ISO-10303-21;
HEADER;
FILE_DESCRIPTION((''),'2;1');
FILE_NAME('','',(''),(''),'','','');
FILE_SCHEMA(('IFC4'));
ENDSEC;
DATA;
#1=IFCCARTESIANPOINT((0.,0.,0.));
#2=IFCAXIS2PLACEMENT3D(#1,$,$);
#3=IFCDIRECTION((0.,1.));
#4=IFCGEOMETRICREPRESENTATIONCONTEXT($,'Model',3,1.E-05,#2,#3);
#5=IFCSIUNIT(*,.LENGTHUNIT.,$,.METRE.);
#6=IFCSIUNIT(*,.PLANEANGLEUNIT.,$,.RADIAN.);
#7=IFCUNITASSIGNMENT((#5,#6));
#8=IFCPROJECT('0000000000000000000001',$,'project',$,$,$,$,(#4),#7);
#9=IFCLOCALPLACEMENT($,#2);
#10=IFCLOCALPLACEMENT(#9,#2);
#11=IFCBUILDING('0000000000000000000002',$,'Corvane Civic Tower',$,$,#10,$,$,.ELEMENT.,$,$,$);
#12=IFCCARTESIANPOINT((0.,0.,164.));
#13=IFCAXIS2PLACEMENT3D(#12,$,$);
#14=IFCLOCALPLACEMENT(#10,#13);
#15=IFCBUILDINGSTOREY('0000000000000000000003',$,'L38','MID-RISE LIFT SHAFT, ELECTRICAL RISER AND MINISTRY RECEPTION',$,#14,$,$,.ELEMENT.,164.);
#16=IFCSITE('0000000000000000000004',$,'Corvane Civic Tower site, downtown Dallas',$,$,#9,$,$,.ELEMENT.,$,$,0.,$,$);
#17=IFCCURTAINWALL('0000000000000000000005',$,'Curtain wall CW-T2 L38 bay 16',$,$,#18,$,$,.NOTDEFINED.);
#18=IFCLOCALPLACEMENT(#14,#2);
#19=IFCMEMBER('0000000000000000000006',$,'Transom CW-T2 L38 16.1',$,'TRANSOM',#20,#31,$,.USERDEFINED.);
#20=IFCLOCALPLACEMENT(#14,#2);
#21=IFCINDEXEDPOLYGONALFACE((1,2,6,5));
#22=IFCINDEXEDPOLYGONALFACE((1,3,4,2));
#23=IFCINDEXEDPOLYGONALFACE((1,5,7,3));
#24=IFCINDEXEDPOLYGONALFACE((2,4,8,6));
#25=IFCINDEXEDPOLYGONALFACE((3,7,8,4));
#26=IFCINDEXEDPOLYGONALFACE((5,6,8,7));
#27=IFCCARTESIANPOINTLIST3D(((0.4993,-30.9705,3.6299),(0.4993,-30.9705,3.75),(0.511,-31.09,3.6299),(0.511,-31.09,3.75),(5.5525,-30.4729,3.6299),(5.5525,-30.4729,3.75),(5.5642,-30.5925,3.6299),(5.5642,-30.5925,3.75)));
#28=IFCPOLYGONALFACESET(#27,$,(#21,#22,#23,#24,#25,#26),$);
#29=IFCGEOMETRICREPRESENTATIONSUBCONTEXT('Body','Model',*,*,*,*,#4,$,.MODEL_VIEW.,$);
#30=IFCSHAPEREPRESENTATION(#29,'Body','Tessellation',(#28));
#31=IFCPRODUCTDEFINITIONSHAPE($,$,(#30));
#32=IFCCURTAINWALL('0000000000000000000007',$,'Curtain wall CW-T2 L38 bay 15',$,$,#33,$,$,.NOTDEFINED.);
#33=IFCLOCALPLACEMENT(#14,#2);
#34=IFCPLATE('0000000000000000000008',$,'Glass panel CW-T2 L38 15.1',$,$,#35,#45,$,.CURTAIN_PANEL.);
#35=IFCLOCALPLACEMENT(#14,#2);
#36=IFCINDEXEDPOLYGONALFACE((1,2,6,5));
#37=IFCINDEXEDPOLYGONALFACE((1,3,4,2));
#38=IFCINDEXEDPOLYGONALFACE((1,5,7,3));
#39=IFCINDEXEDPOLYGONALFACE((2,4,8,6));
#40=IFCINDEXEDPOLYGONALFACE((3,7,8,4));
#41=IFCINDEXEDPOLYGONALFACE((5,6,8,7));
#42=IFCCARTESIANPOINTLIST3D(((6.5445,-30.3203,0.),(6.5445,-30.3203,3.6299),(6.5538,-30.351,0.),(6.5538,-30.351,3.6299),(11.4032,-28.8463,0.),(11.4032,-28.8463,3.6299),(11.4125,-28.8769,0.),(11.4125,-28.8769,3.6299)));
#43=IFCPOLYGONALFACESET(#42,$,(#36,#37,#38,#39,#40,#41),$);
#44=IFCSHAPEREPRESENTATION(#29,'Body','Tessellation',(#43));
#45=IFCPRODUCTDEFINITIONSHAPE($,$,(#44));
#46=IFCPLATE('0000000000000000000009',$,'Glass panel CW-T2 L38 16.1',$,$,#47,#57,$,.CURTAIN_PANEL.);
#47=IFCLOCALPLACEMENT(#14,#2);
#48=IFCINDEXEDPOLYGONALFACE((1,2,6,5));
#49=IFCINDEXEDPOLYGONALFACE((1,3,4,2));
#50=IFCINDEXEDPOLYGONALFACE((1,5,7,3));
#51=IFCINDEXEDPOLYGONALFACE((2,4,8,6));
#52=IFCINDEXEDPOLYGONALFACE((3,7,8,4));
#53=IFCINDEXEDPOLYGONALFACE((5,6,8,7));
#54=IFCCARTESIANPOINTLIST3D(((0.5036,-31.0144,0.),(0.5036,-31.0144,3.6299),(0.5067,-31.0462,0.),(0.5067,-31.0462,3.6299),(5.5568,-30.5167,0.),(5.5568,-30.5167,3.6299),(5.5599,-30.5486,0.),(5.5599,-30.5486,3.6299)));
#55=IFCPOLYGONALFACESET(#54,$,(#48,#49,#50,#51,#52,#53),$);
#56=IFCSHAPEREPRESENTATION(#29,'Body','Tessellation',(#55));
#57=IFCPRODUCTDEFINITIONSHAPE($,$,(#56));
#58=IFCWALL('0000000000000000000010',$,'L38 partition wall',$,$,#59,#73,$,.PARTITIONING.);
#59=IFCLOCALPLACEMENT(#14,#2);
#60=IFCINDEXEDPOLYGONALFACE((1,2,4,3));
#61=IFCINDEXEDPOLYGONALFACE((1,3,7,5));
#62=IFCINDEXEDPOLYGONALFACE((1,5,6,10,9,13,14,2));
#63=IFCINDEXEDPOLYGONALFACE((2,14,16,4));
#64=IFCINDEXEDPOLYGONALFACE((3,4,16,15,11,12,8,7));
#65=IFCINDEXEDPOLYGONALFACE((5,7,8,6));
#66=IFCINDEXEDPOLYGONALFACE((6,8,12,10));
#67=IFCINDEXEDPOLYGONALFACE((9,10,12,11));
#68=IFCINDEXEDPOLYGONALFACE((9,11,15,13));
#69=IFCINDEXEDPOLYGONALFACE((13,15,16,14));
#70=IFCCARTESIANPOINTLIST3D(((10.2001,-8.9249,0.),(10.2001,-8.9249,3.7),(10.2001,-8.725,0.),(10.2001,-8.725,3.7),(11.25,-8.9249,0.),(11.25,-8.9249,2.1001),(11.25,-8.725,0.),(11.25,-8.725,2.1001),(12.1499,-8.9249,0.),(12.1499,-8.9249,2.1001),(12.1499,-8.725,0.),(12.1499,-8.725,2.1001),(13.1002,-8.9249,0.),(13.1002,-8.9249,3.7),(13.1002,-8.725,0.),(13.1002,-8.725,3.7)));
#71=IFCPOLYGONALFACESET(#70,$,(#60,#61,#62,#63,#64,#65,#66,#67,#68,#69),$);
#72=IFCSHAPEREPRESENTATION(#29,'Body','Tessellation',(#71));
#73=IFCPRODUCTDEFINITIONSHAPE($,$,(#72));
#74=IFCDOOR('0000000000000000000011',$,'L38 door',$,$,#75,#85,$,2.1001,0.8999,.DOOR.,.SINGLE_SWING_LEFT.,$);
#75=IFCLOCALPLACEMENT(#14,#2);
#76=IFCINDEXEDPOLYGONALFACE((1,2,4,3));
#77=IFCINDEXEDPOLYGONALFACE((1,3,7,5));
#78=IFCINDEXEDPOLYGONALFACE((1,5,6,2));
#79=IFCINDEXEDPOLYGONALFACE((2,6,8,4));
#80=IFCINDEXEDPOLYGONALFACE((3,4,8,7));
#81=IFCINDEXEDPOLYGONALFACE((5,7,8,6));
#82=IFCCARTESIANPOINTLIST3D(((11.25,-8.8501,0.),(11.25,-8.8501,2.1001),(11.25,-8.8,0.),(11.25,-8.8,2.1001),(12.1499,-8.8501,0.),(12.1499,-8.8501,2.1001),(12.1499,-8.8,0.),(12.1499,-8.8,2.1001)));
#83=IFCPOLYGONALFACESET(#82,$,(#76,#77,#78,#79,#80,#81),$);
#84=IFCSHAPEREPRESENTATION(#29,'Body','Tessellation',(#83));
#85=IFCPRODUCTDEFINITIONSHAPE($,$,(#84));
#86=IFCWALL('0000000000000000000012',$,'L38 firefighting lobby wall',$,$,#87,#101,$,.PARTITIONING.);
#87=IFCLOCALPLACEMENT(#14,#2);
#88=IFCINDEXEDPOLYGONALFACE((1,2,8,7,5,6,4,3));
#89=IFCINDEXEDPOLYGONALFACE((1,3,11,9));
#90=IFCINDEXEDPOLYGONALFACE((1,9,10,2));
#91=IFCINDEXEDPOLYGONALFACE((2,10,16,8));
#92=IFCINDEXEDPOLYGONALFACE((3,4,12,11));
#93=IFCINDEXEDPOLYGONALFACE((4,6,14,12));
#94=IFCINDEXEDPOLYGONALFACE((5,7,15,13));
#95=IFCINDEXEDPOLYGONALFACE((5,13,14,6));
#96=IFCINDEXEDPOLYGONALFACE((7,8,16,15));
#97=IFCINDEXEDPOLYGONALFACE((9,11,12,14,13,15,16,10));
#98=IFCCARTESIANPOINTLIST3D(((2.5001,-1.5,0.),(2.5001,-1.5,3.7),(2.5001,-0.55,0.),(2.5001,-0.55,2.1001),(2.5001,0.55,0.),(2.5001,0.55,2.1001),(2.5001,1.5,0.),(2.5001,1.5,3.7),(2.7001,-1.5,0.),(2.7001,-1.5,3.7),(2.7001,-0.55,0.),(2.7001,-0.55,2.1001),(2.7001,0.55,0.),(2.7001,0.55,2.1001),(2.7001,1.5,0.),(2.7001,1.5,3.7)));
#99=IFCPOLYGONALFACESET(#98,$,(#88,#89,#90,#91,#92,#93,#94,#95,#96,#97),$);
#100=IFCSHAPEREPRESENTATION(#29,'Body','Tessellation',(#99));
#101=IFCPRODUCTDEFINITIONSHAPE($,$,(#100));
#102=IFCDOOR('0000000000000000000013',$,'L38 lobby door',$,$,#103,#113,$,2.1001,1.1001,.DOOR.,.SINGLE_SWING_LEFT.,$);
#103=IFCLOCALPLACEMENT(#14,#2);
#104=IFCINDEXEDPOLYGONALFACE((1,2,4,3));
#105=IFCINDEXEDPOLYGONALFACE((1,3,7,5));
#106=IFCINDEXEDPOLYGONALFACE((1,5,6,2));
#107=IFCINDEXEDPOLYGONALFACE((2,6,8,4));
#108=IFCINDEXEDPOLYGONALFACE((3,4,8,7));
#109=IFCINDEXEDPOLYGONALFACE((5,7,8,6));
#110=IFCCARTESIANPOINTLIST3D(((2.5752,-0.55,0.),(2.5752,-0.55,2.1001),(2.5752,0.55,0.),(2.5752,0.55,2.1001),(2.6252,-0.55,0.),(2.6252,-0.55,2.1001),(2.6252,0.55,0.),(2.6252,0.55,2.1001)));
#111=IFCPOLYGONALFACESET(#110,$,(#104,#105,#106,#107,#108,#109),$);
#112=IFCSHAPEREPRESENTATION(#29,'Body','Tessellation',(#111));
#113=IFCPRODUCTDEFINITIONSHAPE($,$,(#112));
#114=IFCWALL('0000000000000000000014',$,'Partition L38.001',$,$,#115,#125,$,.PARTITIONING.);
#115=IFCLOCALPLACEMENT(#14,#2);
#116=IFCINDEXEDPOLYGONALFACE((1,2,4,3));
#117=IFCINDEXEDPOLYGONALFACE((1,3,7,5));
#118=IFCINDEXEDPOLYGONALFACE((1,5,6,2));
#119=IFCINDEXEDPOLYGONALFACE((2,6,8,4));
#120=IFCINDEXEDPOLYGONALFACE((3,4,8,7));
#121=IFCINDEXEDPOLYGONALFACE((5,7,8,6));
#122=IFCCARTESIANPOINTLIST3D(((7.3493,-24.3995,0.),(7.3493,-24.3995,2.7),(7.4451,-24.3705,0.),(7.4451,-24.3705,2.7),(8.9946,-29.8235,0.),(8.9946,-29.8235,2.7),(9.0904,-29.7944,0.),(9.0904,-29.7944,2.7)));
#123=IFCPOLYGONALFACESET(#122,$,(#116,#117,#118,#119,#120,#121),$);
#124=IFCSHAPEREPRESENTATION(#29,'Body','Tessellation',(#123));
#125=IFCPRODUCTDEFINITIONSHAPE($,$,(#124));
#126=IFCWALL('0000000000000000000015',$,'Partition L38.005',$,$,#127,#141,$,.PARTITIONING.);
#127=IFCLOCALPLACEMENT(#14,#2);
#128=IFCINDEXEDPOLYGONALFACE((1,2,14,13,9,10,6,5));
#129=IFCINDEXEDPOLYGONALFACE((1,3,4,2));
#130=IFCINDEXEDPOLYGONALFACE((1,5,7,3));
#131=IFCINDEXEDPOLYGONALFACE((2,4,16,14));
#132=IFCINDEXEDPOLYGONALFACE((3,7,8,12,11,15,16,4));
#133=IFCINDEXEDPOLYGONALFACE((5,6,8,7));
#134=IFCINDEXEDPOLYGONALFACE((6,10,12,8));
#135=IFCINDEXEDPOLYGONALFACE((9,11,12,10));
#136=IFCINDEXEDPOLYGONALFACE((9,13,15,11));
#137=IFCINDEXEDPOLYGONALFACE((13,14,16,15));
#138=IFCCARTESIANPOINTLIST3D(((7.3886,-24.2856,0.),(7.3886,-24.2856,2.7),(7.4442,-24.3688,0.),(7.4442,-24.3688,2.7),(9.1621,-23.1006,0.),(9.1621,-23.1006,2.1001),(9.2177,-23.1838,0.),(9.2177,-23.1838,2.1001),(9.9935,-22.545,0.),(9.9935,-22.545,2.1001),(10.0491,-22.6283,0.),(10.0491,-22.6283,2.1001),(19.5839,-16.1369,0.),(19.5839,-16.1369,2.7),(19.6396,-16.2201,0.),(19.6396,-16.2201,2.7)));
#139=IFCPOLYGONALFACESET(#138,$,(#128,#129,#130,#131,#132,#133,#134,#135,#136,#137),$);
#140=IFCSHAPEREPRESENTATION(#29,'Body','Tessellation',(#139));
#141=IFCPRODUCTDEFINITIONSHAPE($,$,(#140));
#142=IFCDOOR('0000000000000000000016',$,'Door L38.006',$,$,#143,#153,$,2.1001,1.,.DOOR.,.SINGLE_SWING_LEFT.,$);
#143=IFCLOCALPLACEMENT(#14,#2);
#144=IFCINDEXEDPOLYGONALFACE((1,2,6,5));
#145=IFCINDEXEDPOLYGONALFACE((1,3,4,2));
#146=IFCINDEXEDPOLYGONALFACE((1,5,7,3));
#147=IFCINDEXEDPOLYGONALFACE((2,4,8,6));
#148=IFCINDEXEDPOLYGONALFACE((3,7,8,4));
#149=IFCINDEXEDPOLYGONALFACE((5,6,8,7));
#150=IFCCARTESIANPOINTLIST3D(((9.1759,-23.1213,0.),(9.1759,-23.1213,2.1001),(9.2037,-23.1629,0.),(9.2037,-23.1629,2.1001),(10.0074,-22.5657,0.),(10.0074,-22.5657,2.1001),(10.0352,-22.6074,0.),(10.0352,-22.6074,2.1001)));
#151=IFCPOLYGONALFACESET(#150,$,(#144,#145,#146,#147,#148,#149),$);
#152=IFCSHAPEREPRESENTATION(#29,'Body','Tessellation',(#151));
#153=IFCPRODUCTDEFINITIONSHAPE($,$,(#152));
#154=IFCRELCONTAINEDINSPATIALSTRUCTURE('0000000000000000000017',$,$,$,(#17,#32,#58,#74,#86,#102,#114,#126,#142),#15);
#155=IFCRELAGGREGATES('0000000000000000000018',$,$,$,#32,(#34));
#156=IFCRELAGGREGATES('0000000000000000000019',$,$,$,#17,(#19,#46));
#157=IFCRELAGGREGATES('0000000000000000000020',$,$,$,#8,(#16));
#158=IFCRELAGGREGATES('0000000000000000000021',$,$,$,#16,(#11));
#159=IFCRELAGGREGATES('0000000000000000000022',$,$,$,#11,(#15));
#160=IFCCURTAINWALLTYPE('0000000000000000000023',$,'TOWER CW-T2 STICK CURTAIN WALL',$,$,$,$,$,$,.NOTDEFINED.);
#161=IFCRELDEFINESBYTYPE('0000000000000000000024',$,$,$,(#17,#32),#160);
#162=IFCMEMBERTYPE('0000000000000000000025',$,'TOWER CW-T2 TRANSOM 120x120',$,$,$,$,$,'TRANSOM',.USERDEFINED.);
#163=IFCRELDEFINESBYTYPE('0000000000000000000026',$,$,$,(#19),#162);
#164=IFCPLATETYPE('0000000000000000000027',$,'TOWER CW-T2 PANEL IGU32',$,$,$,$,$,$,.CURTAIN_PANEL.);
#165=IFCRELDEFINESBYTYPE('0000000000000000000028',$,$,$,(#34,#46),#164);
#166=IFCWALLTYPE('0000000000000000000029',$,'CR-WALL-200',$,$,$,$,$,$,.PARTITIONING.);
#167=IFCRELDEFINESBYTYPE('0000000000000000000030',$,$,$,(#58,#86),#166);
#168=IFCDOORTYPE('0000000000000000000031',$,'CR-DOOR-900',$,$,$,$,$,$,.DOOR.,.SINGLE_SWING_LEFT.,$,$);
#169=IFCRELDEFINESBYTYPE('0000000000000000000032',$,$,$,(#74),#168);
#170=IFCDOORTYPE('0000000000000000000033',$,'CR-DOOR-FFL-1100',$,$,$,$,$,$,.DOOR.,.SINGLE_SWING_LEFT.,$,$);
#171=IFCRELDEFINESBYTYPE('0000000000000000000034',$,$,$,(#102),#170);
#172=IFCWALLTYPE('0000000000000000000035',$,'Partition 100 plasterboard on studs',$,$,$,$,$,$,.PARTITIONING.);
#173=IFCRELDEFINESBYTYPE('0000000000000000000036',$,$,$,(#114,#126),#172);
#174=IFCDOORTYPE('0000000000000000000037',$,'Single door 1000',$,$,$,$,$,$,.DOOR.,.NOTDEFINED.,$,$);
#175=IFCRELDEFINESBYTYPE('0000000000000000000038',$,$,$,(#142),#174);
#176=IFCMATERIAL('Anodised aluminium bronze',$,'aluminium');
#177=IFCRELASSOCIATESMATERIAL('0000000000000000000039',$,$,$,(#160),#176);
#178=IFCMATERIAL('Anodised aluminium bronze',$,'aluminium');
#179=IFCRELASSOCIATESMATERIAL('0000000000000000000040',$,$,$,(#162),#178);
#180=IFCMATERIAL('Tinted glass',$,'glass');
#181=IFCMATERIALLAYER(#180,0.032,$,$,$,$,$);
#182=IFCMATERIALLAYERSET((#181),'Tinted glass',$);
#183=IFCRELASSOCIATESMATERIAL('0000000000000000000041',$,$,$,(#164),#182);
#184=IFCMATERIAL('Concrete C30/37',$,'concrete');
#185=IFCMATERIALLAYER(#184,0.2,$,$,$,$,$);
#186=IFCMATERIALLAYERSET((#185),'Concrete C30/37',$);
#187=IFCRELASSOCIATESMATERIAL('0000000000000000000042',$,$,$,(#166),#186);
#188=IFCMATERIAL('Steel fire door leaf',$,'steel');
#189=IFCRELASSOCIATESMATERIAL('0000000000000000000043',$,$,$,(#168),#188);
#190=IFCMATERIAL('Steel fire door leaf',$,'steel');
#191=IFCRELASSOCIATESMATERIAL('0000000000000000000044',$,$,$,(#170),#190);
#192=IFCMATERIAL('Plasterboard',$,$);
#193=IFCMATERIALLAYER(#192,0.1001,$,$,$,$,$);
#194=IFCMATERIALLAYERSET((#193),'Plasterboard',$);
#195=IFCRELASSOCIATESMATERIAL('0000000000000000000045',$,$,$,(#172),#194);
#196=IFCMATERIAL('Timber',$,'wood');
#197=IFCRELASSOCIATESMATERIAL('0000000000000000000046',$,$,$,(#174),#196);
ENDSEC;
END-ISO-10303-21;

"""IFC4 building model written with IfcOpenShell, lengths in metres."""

from ifc_helpers import new_model, si_unit, direction, frame, frame_2d, origin, origin_2d, place, context, subcontext, project, spatial, rectangle, extrude, material, layer, layer_set, material_profile, profile_set, type_object, element, fill, aggregate, save


model = new_model("IFC4")

# Units and contexts
model_context = context("Model", 3, precision=1e-05, world=origin(), true_north=direction((0.0, 1.0)))
body_context = subcontext(model_context, "Body", "Model", "MODEL_VIEW")
ifc_project = project(units=[si_unit("LENGTHUNIT", "METRE"), si_unit("PLANEANGLEUNIT", "RADIAN")], contexts=[model_context])

# Site, building, storey
site_placement = place(None, origin())
site = spatial("IfcSite", under=ifc_project, at=site_placement, Name="Corvane Civic Tower site, downtown Dallas", CompositionType="ELEMENT", RefElevation=0.0)
building_placement = place(site_placement, origin())
building = spatial("IfcBuilding", under=site, at=building_placement, Name="Corvane Civic Tower", CompositionType="ELEMENT")
storey_placement = place(building_placement, frame((0.0, 0.0, 164.0)))
storey = spatial("IfcBuildingStorey", under=building, at=storey_placement, Name="L38", Description="MID-RISE LIFT SHAFT, ELECTRICAL RISER AND MINISTRY RECEPTION", CompositionType="ELEMENT", Elevation=164.0)

# Curtain wall, member
ifc_material_1 = material(Name="Anodised aluminium bronze", Category="aluminium")
curtain_wall_type = type_object("IfcCurtainWallType", Name="TOWER CW-T2 STICK CURTAIN WALL", PredefinedType="NOTDEFINED", material=ifc_material_1)
curtain_wall_1_placement = place(storey_placement, origin())
curtain_wall_1 = element("IfcCurtainWall", 1, at=curtain_wall_1_placement, inside=storey, type_object=curtain_wall_type, Name="Curtain wall CW-T2 L38 bay 16", PredefinedType="NOTDEFINED")
ifc_material_2 = material(Name="Anodised aluminium bronze", Category="aluminium")
ifc_material_profile_1 = material_profile(ifc_material_2, rectangle(XDim=0.1201, YDim=0.1201, at=origin_2d()), Name="TOWER CW-T2 TRANSOM 120x120")
ifc_profile_set_1 = profile_set([ifc_material_profile_1], Name="Anodised aluminium bronze")
member_type = type_object("IfcMemberType", Name="TOWER CW-T2 TRANSOM 120x120", ElementType="TRANSOM", PredefinedType="USERDEFINED", material=ifc_profile_set_1)
member_placement = place(storey_placement, frame((5.5583, -30.5327, 3.6899), z_axis=(-0.995187, -0.09799, 0.0), x_axis=(0.09799, -0.995187, 0.0)))
member = element("IfcMember", 2, at=member_placement, type_object=member_type, Name="Transom CW-T2 L38 16.1", ObjectType="TRANSOM", PredefinedType="USERDEFINED", context=body_context, shape_type="SweptSolid", body=[
    extrude(rectangle(XDim=0.1201, YDim=0.1201, at=origin_2d()), origin(), (0.0, 0.0, 1.0), 5.0776),
])

# Curtain wall, plate
curtain_wall_2_placement = place(storey_placement, origin())
curtain_wall_2 = element("IfcCurtainWall", 3, at=curtain_wall_2_placement, inside=storey, type_object=curtain_wall_type, Name="Curtain wall CW-T2 L38 bay 15", PredefinedType="NOTDEFINED")
ifc_material_3 = material(Name="Tinted glass", Category="glass")
ifc_layer_1 = layer(ifc_material_3, 0.032)
ifc_layer_set_1 = layer_set([ifc_layer_1], Name="Tinted glass")
plate_type = type_object("IfcPlateType", Name="TOWER CW-T2 PANEL IGU32", PredefinedType="CURTAIN_PANEL", material=ifc_layer_set_1)
plate_1_placement = place(storey_placement, frame((8.9785, -29.5986, 0.0), z_axis=(0.0, 0.0, 1.0), x_axis=(-0.956932, -0.290313, 0.0)))
plate_1 = element("IfcPlate", 4, at=plate_1_placement, type_object=plate_type, Name="Glass panel CW-T2 L38 15.1", PredefinedType="CURTAIN_PANEL", context=body_context, shape_type="SweptSolid", body=[
    extrude(rectangle(XDim=5.0774, YDim=0.032, at=origin_2d()), origin(), (0.0, 0.0, 1.0), 3.6299),
])
aggregate(curtain_wall_2, [plate_1])

# Plate
plate_2_placement = place(storey_placement, frame((3.0317, -30.7815, 0.0), z_axis=(0.0, 0.0, 1.0), x_axis=(-0.995185, -0.098012, 0.0)))
plate_2 = element("IfcPlate", 5, at=plate_2_placement, type_object=plate_type, Name="Glass panel CW-T2 L38 16.1", PredefinedType="CURTAIN_PANEL", context=body_context, shape_type="SweptSolid", body=[
    extrude(rectangle(XDim=5.0776, YDim=0.032, at=origin_2d()), origin(), (0.0, 0.0, 1.0), 3.6299),
])
aggregate(curtain_wall_1, [member, plate_2])

# Walls, openings, doors
ifc_material_4 = material(Name="Concrete C30/37", Category="concrete")
ifc_layer_2 = layer(ifc_material_4, 0.2)
ifc_layer_set_2 = layer_set([ifc_layer_2], Name="Concrete C30/37")
wall_type_1 = type_object("IfcWallType", Name="CR-WALL-200", PredefinedType="PARTITIONING", material=ifc_layer_set_2)
wall_1_placement = place(storey_placement, frame((10.2, -8.825, 0.0), z_axis=(0.0, 0.0, 1.0), x_axis=(1.0, 0.0, 0.0)))
wall_1 = element("IfcWall", 6, at=wall_1_placement, inside=storey, type_object=wall_type_1, Name="L38 partition wall", PredefinedType="PARTITIONING", context=body_context, shape_type="SweptSolid", body=[
    extrude(rectangle(XDim=2.9001, YDim=0.2, at=frame_2d((1.4502, 0.0))), origin(), (0.0, 0.0, 1.0), 3.7),
])
opening_1_placement = place(wall_1_placement, frame((1.05, 0.0, 0.0)))
opening_1 = element("IfcOpeningElement", 7, at=opening_1_placement, cuts=wall_1, PredefinedType="OPENING", context=body_context, shape_type="SweptSolid", body=[
    extrude(rectangle(XDim=0.8999, YDim=2.1001, at=frame_2d((0.45, 1.05))), frame((0.0, 0.1099, 0.0), z_axis=(0.0, -1.0, 0.0), x_axis=(1.0, 0.0, 0.0)), (0.0, 0.0, 1.0), 0.22),
])
ifc_material_5 = material(Name="Steel fire door leaf", Category="steel")
door_type_1 = type_object("IfcDoorType", Name="CR-DOOR-900", OperationType="SINGLE_SWING_LEFT", PredefinedType="DOOR", material=ifc_material_5)
door_1_placement = place(opening_1_placement, origin())
door_1 = element("IfcDoor", 8, at=door_1_placement, inside=storey, type_object=door_type_1, Name="L38 door", OperationType="SINGLE_SWING_LEFT", OverallHeight=2.1001, OverallWidth=0.8999, PredefinedType="DOOR", context=body_context, shape_type="SweptSolid", body=[
    extrude(rectangle(XDim=0.8999, YDim=2.1001, at=frame_2d((0.45, 1.05))), frame((0.0, 0.0249, 0.0), z_axis=(0.0, -1.0, 0.0), x_axis=(1.0, 0.0, 0.0)), (0.0, 0.0, 1.0), 0.05),
])
fill(opening_1, door_1)
wall_2_placement = place(storey_placement, frame((2.6001, -1.5, 0.0), z_axis=(0.0, 0.0, 1.0), x_axis=(0.0, 1.0, 0.0)))
wall_2 = element("IfcWall", 9, at=wall_2_placement, inside=storey, type_object=wall_type_1, Name="L38 firefighting lobby wall", PredefinedType="PARTITIONING", context=body_context, shape_type="SweptSolid", body=[
    extrude(rectangle(XDim=3.0, YDim=0.2, at=frame_2d((1.5, 0.0))), origin(), (0.0, 0.0, 1.0), 3.7),
])
opening_2_placement = place(wall_2_placement, frame((0.95, 0.0, 0.0)))
opening_2 = element("IfcOpeningElement", 10, at=opening_2_placement, cuts=wall_2, PredefinedType="OPENING", context=body_context, shape_type="SweptSolid", body=[
    extrude(rectangle(XDim=1.1001, YDim=2.1001, at=frame_2d((0.55, 1.05))), frame((0.0, 0.1099, 0.0), z_axis=(0.0, -1.0, 0.0), x_axis=(1.0, 0.0, 0.0)), (0.0, 0.0, 1.0), 0.22),
])
ifc_material_6 = material(Name="Steel fire door leaf", Category="steel")
door_type_2 = type_object("IfcDoorType", Name="CR-DOOR-FFL-1100", OperationType="SINGLE_SWING_LEFT", PredefinedType="DOOR", material=ifc_material_6)
door_2_placement = place(opening_2_placement, origin())
door_2 = element("IfcDoor", 11, at=door_2_placement, inside=storey, type_object=door_type_2, Name="L38 lobby door", OperationType="SINGLE_SWING_LEFT", OverallHeight=2.1001, OverallWidth=1.1001, PredefinedType="DOOR", context=body_context, shape_type="SweptSolid", body=[
    extrude(rectangle(XDim=1.1001, YDim=2.1001, at=frame_2d((0.55, 1.05))), frame((0.0, 0.0249, 0.0), z_axis=(0.0, -1.0, 0.0), x_axis=(1.0, 0.0, 0.0)), (0.0, 0.0, 1.0), 0.05),
])
fill(opening_2, door_2)

# Wall
ifc_material_7 = material(Name="Plasterboard")
ifc_layer_3 = layer(ifc_material_7, 0.1001)
ifc_layer_set_3 = layer_set([ifc_layer_3], Name="Plasterboard")
wall_type_2 = type_object("IfcWallType", Name="Partition 100 plasterboard on studs", PredefinedType="PARTITIONING", material=ifc_layer_set_3)
wall_3_placement = place(storey_placement, frame((7.3972, -24.385, 0.0), z_axis=(0.0, 0.0, 1.0), x_axis=(0.290279, -0.956942, 0.0)))
element("IfcWall", 12, at=wall_3_placement, inside=storey, type_object=wall_type_2, Name="Partition L38.001", PredefinedType="PARTITIONING", context=body_context, shape_type="SweptSolid", body=[
    extrude(rectangle(XDim=5.668, YDim=0.1001, at=frame_2d((2.834, 0.0))), origin(), (0.0, 0.0, 1.0), 2.7),
])

# Wall, opening, door
wall_4_placement = place(storey_placement, frame((7.4165, -24.3271, 0.0), z_axis=(0.0, 0.0, 1.0), x_axis=(0.831469, 0.555572, 0.0)))
wall_4 = element("IfcWall", 13, at=wall_4_placement, inside=storey, type_object=wall_type_2, Name="Partition L38.005", PredefinedType="PARTITIONING", context=body_context, shape_type="SweptSolid", body=[
    extrude(rectangle(XDim=14.6672, YDim=0.1001, at=frame_2d((7.3335, 0.0))), origin(), (0.0, 0.0, 1.0), 2.7),
])
opening_3_placement = place(wall_4_placement, frame((2.1328, 0.0, 0.0)))
opening_3 = element("IfcOpeningElement", 14, at=opening_3_placement, cuts=wall_4, PredefinedType="OPENING", context=body_context, shape_type="SweptSolid", body=[
    extrude(rectangle(XDim=1.0, YDim=2.1001, at=frame_2d((0.5, 1.05))), frame((0.0, 0.0601, 0.0), z_axis=(0.0, -1.0, 0.0), x_axis=(1.0, 0.0, 0.0)), (0.0, 0.0, 1.0), 0.1201),
])
ifc_material_8 = material(Name="Timber", Category="wood")
door_type_3 = type_object("IfcDoorType", Name="Single door 1000", OperationType="NOTDEFINED", PredefinedType="DOOR", material=ifc_material_8)
door_3_placement = place(opening_3_placement, frame((1.0, 0.0, 0.0), z_axis=(0.0, 0.0, 1.0), x_axis=(-1.0, 0.0, 0.0)))
door_3 = element("IfcDoor", 15, at=door_3_placement, inside=storey, type_object=door_type_3, Name="Door L38.006", OperationType="SINGLE_SWING_LEFT", OverallHeight=2.1001, OverallWidth=1.0, PredefinedType="DOOR", context=body_context, shape_type="SweptSolid", body=[
    extrude(rectangle(XDim=1.0, YDim=2.1001, at=frame_2d((0.5, 1.05))), frame((0.0, 0.0249, 0.0), z_axis=(0.0, -1.0, 0.0), x_axis=(1.0, 0.0, 0.0)), (0.0, 0.0, 1.0), 0.05),
])
fill(opening_3, door_3)

save(model, "model.ifc")
